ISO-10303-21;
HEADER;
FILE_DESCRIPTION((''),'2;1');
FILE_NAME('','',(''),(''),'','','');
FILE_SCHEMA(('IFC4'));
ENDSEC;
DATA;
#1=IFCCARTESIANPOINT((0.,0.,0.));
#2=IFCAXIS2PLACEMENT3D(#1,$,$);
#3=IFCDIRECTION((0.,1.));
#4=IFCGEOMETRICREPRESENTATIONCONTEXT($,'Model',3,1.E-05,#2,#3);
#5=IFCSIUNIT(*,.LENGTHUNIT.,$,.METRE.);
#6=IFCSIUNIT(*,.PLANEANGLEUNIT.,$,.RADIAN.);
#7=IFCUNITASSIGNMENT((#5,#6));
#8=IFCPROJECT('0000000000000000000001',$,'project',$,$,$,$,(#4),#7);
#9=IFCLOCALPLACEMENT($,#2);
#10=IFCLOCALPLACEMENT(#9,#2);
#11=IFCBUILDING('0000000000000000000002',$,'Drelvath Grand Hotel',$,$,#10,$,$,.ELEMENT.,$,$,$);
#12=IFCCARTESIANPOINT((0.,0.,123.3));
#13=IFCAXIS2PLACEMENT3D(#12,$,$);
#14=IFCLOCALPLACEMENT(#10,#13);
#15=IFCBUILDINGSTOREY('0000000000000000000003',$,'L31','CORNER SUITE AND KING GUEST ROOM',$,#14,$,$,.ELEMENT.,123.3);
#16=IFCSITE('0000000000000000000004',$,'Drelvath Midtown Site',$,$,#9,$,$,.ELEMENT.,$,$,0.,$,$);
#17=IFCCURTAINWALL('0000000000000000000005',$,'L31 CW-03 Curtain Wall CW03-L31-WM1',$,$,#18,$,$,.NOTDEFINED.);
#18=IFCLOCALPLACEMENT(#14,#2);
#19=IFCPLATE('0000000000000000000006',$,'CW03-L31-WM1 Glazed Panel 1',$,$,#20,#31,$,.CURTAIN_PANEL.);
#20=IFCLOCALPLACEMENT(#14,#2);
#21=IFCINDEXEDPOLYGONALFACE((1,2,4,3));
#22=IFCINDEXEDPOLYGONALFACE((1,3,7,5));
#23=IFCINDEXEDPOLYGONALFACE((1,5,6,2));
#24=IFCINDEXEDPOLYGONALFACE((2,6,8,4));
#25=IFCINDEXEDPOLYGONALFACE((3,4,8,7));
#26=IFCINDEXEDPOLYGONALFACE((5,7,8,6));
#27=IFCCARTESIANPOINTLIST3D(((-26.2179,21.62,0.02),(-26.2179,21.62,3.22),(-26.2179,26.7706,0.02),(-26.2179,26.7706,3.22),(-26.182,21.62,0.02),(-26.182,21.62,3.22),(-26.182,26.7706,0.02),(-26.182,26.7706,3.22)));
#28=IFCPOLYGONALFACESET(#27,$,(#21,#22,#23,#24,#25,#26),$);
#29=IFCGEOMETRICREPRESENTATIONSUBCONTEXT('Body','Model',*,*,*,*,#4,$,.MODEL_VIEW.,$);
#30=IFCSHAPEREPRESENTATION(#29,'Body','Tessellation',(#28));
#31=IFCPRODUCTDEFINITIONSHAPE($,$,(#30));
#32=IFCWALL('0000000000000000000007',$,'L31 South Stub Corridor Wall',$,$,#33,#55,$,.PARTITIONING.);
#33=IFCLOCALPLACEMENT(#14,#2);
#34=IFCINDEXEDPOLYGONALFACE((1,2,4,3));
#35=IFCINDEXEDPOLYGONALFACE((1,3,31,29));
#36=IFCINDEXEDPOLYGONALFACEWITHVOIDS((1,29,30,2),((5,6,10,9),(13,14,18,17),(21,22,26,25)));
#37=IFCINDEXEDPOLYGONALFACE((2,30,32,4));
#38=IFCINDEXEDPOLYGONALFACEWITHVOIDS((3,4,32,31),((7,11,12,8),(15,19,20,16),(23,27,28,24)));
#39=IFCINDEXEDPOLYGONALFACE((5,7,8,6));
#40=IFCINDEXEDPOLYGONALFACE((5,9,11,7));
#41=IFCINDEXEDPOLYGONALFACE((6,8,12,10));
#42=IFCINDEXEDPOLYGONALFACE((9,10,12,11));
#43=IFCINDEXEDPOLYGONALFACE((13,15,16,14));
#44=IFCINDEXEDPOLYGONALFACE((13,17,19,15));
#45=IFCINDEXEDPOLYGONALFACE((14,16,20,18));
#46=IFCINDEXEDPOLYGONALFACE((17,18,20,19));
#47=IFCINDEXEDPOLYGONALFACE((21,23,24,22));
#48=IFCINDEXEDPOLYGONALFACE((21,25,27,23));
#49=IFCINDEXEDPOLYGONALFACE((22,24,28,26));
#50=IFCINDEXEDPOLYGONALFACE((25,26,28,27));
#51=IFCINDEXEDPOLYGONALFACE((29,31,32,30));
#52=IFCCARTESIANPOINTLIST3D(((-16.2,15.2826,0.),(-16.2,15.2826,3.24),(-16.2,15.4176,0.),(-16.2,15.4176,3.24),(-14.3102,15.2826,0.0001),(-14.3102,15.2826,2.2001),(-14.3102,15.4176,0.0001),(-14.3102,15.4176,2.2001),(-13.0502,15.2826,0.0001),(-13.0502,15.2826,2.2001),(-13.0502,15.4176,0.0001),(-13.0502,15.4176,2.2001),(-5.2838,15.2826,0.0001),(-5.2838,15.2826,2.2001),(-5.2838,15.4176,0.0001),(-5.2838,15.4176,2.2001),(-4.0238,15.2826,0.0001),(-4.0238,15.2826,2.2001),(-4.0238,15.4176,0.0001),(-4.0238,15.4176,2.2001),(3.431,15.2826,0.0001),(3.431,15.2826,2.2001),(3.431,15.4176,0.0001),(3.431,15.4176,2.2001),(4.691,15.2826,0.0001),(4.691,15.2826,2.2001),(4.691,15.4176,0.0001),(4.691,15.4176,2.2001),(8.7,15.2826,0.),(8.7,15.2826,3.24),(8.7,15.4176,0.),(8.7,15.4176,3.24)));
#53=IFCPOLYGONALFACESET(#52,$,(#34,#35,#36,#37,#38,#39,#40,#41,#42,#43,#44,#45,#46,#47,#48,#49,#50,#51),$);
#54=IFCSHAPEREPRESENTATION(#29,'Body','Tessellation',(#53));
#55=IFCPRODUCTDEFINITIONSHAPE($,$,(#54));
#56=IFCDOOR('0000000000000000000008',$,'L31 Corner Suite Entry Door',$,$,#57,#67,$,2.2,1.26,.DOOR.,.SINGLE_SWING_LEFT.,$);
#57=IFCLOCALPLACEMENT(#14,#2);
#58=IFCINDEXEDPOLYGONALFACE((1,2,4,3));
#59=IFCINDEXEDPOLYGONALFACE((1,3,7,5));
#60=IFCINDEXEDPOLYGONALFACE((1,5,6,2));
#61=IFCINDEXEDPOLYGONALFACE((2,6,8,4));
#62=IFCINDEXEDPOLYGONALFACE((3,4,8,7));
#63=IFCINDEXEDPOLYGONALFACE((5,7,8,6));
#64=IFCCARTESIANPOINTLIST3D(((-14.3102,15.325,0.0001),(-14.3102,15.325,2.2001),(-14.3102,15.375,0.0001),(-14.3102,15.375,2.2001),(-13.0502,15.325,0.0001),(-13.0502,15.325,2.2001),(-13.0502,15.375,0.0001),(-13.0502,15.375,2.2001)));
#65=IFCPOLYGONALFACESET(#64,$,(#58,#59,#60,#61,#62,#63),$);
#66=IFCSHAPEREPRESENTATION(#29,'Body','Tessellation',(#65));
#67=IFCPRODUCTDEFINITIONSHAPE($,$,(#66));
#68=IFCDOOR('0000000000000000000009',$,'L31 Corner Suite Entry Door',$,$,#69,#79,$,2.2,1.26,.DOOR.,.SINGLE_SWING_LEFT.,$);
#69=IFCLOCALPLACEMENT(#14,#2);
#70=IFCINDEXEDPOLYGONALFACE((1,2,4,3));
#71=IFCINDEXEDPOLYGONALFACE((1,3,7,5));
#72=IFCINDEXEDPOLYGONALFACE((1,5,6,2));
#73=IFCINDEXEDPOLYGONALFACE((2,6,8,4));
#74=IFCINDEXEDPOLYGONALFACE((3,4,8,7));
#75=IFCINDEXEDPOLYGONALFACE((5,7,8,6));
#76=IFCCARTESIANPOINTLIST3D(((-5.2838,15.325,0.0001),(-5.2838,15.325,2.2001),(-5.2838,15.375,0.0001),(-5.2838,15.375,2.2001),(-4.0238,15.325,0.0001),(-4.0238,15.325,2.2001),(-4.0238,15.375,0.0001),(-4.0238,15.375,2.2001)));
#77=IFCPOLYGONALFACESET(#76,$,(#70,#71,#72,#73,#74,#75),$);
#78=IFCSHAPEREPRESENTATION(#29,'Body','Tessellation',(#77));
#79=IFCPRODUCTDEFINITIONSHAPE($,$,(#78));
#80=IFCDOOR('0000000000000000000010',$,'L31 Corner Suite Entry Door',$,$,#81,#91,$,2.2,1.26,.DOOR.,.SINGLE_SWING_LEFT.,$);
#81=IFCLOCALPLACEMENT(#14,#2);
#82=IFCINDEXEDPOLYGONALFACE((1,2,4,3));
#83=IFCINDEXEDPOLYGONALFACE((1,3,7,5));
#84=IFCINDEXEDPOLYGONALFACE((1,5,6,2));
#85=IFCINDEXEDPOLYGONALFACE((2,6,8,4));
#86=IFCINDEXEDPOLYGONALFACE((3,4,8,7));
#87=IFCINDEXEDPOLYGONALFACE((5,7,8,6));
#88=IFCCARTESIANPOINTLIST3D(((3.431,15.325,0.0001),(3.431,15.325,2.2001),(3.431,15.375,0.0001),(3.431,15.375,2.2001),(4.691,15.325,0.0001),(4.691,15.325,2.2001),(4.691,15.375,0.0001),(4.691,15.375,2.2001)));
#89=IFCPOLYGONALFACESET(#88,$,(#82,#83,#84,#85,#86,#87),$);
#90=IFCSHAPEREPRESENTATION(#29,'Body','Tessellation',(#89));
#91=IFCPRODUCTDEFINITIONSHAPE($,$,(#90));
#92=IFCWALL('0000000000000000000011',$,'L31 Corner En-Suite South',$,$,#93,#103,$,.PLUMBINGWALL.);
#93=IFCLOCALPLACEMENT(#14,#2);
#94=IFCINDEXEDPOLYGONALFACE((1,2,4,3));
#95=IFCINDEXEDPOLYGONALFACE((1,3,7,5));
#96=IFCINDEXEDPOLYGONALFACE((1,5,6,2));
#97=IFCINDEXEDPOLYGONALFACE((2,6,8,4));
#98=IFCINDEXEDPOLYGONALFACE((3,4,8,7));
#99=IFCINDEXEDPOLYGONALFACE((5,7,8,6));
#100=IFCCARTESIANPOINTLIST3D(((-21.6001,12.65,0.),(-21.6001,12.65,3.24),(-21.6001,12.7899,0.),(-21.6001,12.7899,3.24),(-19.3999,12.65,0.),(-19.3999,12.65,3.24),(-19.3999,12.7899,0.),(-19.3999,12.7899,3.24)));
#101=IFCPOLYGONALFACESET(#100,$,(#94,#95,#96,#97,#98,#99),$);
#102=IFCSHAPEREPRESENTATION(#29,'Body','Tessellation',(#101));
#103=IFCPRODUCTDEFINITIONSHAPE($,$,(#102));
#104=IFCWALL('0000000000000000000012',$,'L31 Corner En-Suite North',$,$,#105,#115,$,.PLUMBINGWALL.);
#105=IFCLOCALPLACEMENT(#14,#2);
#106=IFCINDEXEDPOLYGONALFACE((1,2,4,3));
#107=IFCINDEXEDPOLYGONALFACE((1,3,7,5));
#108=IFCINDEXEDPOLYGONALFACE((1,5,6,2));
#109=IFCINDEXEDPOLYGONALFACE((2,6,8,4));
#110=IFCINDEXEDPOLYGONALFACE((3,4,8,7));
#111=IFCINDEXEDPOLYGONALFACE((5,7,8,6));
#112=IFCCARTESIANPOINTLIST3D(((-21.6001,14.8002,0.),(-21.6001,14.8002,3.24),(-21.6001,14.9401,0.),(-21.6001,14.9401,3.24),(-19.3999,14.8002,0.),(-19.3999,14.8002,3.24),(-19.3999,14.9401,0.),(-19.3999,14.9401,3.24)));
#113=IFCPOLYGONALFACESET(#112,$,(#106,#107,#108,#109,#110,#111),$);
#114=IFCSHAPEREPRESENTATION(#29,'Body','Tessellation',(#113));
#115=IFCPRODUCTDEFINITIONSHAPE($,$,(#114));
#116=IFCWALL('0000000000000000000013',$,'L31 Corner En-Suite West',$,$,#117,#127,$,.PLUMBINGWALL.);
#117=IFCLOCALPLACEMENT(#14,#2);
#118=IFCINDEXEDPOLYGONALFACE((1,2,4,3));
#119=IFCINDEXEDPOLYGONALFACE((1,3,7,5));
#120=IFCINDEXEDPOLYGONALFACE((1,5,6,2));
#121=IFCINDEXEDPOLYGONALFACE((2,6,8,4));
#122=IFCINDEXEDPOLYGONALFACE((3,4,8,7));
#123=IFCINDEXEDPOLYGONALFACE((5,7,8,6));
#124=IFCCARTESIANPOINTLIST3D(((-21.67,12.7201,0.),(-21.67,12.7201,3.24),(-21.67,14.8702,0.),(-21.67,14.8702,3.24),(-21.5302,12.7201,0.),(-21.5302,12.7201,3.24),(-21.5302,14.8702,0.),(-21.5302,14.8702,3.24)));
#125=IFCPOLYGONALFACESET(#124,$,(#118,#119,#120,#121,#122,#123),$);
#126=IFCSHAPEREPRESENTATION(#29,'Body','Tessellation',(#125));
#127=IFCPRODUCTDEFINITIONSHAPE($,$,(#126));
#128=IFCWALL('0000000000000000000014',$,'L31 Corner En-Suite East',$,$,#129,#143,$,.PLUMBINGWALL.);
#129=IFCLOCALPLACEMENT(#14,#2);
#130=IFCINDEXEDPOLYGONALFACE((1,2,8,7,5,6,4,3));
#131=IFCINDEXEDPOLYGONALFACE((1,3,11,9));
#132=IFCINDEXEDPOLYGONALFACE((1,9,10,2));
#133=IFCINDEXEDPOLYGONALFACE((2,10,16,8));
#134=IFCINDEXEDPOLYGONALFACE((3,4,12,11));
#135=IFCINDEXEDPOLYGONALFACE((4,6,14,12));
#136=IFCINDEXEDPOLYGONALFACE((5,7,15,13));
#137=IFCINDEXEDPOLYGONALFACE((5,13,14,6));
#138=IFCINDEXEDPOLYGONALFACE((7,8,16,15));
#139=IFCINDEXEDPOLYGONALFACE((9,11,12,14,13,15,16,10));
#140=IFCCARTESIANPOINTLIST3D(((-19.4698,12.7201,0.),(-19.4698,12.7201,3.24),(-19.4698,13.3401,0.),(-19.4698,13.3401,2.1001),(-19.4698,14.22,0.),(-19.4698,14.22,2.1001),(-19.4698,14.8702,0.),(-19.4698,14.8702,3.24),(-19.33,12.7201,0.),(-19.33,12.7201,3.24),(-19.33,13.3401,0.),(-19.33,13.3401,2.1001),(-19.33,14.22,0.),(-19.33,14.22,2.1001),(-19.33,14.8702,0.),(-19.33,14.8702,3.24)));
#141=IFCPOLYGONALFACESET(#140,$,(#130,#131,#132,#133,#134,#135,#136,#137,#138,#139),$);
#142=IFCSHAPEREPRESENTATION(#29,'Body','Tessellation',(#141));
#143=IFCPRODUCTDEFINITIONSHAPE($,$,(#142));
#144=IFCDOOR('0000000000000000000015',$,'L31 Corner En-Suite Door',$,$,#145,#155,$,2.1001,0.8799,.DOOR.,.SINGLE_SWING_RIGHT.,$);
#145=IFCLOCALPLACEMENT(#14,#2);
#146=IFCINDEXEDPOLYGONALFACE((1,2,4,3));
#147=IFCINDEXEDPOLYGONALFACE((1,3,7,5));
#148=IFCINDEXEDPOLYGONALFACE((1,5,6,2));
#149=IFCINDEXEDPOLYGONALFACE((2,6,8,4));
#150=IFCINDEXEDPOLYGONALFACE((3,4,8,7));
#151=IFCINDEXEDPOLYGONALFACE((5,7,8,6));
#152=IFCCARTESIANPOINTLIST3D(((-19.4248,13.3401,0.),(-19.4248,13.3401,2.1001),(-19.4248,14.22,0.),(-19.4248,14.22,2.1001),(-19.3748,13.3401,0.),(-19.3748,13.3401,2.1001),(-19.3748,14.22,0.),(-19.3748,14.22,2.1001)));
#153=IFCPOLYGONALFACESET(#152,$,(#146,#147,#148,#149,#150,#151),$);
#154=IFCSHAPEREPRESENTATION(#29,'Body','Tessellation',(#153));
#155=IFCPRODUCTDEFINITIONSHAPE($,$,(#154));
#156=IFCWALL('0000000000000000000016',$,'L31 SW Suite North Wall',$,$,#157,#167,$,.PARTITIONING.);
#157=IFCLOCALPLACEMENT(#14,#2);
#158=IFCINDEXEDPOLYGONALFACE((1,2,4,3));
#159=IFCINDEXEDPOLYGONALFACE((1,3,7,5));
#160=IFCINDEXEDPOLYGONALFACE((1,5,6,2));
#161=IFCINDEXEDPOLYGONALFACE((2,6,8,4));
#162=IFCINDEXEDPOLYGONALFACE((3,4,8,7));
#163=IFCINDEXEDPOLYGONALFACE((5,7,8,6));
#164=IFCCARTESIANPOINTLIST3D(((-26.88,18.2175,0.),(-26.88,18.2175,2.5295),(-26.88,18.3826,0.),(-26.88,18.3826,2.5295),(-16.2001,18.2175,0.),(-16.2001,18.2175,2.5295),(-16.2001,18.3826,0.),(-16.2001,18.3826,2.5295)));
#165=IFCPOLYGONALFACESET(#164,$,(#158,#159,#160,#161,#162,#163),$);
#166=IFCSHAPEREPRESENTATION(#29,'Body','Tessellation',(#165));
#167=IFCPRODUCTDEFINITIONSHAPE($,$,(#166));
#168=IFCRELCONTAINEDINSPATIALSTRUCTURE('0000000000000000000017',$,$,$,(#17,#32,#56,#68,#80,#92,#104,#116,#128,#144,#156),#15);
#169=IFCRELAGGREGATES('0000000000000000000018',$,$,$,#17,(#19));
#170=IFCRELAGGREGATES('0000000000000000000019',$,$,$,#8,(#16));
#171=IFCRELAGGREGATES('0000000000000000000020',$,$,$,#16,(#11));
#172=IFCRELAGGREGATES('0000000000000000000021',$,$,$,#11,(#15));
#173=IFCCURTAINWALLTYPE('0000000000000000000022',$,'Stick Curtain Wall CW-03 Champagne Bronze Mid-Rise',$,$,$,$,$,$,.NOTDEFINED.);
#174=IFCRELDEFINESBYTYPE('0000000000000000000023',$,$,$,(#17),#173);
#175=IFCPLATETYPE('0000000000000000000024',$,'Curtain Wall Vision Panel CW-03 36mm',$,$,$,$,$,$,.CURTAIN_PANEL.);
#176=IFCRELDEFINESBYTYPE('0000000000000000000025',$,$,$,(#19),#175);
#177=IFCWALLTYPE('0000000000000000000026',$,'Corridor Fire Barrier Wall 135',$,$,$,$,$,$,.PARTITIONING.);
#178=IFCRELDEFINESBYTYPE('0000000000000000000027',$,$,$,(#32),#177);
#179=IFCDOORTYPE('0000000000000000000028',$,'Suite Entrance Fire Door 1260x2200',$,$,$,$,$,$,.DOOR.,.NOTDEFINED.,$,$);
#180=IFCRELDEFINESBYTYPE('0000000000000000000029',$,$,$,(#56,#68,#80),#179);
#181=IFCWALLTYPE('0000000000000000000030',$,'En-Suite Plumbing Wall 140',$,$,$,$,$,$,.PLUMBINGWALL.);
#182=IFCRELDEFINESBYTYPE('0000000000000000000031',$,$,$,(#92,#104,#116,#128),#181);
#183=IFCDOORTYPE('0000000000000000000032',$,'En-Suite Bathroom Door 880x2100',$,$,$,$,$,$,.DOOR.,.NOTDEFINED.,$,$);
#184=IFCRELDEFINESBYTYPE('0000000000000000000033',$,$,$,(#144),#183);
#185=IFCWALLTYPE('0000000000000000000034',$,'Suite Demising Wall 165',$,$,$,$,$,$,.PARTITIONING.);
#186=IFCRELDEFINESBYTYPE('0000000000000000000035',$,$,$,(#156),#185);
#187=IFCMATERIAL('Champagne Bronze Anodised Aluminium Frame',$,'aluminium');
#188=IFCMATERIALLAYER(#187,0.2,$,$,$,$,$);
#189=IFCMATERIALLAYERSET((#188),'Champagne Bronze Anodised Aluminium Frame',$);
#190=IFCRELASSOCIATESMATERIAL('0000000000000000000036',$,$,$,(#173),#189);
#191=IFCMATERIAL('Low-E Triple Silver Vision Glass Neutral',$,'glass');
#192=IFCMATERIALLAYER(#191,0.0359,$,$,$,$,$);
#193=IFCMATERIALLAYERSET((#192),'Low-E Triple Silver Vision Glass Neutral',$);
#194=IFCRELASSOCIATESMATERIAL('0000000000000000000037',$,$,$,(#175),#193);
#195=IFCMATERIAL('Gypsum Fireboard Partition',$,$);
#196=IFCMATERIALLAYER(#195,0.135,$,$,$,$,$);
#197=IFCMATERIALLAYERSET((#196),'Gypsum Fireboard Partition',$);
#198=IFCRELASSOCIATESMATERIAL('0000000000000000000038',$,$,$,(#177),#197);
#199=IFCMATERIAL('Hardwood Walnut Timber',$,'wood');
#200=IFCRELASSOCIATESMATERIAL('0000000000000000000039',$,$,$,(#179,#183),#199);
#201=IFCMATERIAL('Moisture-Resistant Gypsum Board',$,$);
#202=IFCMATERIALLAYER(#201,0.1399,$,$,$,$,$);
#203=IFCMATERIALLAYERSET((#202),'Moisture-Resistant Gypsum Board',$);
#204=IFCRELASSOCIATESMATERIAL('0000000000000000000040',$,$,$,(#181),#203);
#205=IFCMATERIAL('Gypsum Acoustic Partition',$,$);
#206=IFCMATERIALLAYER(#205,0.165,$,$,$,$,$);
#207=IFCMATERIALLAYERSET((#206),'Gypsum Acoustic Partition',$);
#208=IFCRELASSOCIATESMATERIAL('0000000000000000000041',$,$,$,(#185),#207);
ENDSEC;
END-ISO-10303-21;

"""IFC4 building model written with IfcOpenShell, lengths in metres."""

from ifc_helpers import new_model, si_unit, direction, frame, frame_2d, origin, origin_2d, place, context, subcontext, project, spatial, rectangle, extrude, material, layer, layer_set, type_object, element, fill, aggregate, save


model = new_model("IFC4")

# Units and contexts
model_context = context("Model", 3, precision=1e-05, world=origin(), true_north=direction((0.0, 1.0)))
body_context = subcontext(model_context, "Body", "Model", "MODEL_VIEW")
ifc_project = project(units=[si_unit("LENGTHUNIT", "METRE"), si_unit("PLANEANGLEUNIT", "RADIAN")], contexts=[model_context])

# Site, building, storey
site_placement = place(None, origin())
site = spatial("IfcSite", under=ifc_project, at=site_placement, Name="Drelvath Midtown Site", CompositionType="ELEMENT", RefElevation=0.0)
building_placement = place(site_placement, origin())
building = spatial("IfcBuilding", under=site, at=building_placement, Name="Drelvath Grand Hotel", CompositionType="ELEMENT")
storey_placement = place(building_placement, frame((0.0, 0.0, 123.3)))
storey = spatial("IfcBuildingStorey", under=building, at=storey_placement, Name="L31", Description="CORNER SUITE AND KING GUEST ROOM", CompositionType="ELEMENT", Elevation=123.3)

# Curtain wall
ifc_material_1 = material(Name="Champagne Bronze Anodised Aluminium Frame", Category="aluminium")
ifc_layer_1 = layer(ifc_material_1, 0.2)
ifc_layer_set_1 = layer_set([ifc_layer_1], Name="Champagne Bronze Anodised Aluminium Frame")
curtain_wall_type = type_object("IfcCurtainWallType", Name="Stick Curtain Wall CW-03 Champagne Bronze Mid-Rise", PredefinedType="NOTDEFINED", material=ifc_layer_set_1)
curtain_wall_1_placement = place(storey_placement, origin())
curtain_wall_1 = element("IfcCurtainWall", 1, at=curtain_wall_1_placement, inside=storey, type_object=curtain_wall_type, Name="L31 CW-03 Curtain Wall CW03-L31-WM1", PredefinedType="NOTDEFINED")

# Plate
ifc_material_2 = material(Name="Low-E Triple Silver Vision Glass Neutral", Category="glass")
ifc_layer_2 = layer(ifc_material_2, 0.0359)
ifc_layer_set_2 = layer_set([ifc_layer_2], Name="Low-E Triple Silver Vision Glass Neutral")
plate_type = type_object("IfcPlateType", Name="Curtain Wall Vision Panel CW-03 36mm", PredefinedType="CURTAIN_PANEL", material=ifc_layer_set_2)
plate_1_placement = place(storey_placement, frame((-26.2, 24.1953, 0.02), z_axis=(0.0, 0.0, 1.0), x_axis=(0.0, 1.0, 0.0)))
plate_1 = element("IfcPlate", 2, at=plate_1_placement, type_object=plate_type, Name="CW03-L31-WM1 Glazed Panel 1", PredefinedType="CURTAIN_PANEL", context=body_context, shape_type="SweptSolid", body=[
    extrude(rectangle(XDim=5.1506, YDim=0.0359, at=origin_2d()), origin(), (0.0, 0.0, 1.0), 3.2),
])
aggregate(curtain_wall_1, [plate_1])

# Wall, openings, doors
ifc_material_3 = material(Name="Gypsum Fireboard Partition")
ifc_layer_3 = layer(ifc_material_3, 0.135)
ifc_layer_set_3 = layer_set([ifc_layer_3], Name="Gypsum Fireboard Partition")
wall_type_1 = type_object("IfcWallType", Name="Corridor Fire Barrier Wall 135", PredefinedType="PARTITIONING", material=ifc_layer_set_3)
wall_1_placement = place(storey_placement, frame((-16.2, 15.3501, 0.0), z_axis=(0.0, 0.0, 1.0), x_axis=(1.0, 0.0, 0.0)))
wall_1 = element("IfcWall", 3, at=wall_1_placement, inside=storey, type_object=wall_type_1, Name="L31 South Stub Corridor Wall", PredefinedType="PARTITIONING", context=body_context, shape_type="SweptSolid", body=[
    extrude(rectangle(XDim=24.8999, YDim=0.135, at=frame_2d((12.45, 0.0))), origin(), (0.0, 0.0, 1.0), 3.24),
])
opening_1_placement = place(wall_1_placement, frame((1.8899, 0.0, 0.0)))
opening_1 = element("IfcOpeningElement", 4, at=opening_1_placement, cuts=wall_1, PredefinedType="OPENING", context=body_context, shape_type="SweptSolid", body=[
    extrude(rectangle(XDim=1.26, YDim=2.2, at=frame_2d((0.6299, 1.1001))), frame((0.0, 0.0774, 0.0), z_axis=(0.0, -1.0, 0.0), x_axis=(1.0, 0.0, 0.0)), (0.0, 0.0, 1.0), 0.155),
])
opening_2_placement = place(wall_1_placement, frame((10.9163, 0.0, 0.0)))
opening_2 = element("IfcOpeningElement", 5, at=opening_2_placement, cuts=wall_1, PredefinedType="OPENING", context=body_context, shape_type="SweptSolid", body=[
    extrude(rectangle(XDim=1.26, YDim=2.2, at=frame_2d((0.6299, 1.1001))), frame((0.0, 0.0774, 0.0), z_axis=(0.0, -1.0, 0.0), x_axis=(1.0, 0.0, 0.0)), (0.0, 0.0, 1.0), 0.155),
])
opening_3_placement = place(wall_1_placement, frame((19.6311, 0.0, 0.0)))
opening_3 = element("IfcOpeningElement", 6, at=opening_3_placement, cuts=wall_1, PredefinedType="OPENING", context=body_context, shape_type="SweptSolid", body=[
    extrude(rectangle(XDim=1.26, YDim=2.2, at=frame_2d((0.6299, 1.1001))), frame((0.0, 0.0774, 0.0), z_axis=(0.0, -1.0, 0.0), x_axis=(1.0, 0.0, 0.0)), (0.0, 0.0, 1.0), 0.155),
])
ifc_material_4 = material(Name="Hardwood Walnut Timber", Category="wood")
door_type_1 = type_object("IfcDoorType", Name="Suite Entrance Fire Door 1260x2200", OperationType="NOTDEFINED", PredefinedType="DOOR", material=ifc_material_4)
door_1_placement = place(opening_1_placement, origin())
door_1 = element("IfcDoor", 7, at=door_1_placement, inside=storey, type_object=door_type_1, Name="L31 Corner Suite Entry Door", OperationType="SINGLE_SWING_LEFT", OverallHeight=2.2, OverallWidth=1.26, PredefinedType="DOOR", context=body_context, shape_type="SweptSolid", body=[
    extrude(rectangle(XDim=1.26, YDim=2.2, at=frame_2d((0.6299, 1.1001))), frame((0.0, 0.0249, 0.0), z_axis=(0.0, -1.0, 0.0), x_axis=(1.0, 0.0, 0.0)), (0.0, 0.0, 1.0), 0.05),
])
fill(opening_1, door_1)
door_2_placement = place(opening_2_placement, origin())
door_2 = element("IfcDoor", 8, at=door_2_placement, inside=storey, type_object=door_type_1, Name="L31 Corner Suite Entry Door", OperationType="SINGLE_SWING_LEFT", OverallHeight=2.2, OverallWidth=1.26, PredefinedType="DOOR", context=body_context, shape_type="SweptSolid", body=[
    extrude(rectangle(XDim=1.26, YDim=2.2, at=frame_2d((0.6299, 1.1001))), frame((0.0, 0.0249, 0.0), z_axis=(0.0, -1.0, 0.0), x_axis=(1.0, 0.0, 0.0)), (0.0, 0.0, 1.0), 0.05),
])
fill(opening_2, door_2)
door_3_placement = place(opening_3_placement, origin())
door_3 = element("IfcDoor", 9, at=door_3_placement, inside=storey, type_object=door_type_1, Name="L31 Corner Suite Entry Door", OperationType="SINGLE_SWING_LEFT", OverallHeight=2.2, OverallWidth=1.26, PredefinedType="DOOR", context=body_context, shape_type="SweptSolid", body=[
    extrude(rectangle(XDim=1.26, YDim=2.2, at=frame_2d((0.6299, 1.1001))), frame((0.0, 0.0249, 0.0), z_axis=(0.0, -1.0, 0.0), x_axis=(1.0, 0.0, 0.0)), (0.0, 0.0, 1.0), 0.05),
])
fill(opening_3, door_3)

# Walls
ifc_material_5 = material(Name="Moisture-Resistant Gypsum Board")
ifc_layer_4 = layer(ifc_material_5, 0.1399)
ifc_layer_set_4 = layer_set([ifc_layer_4], Name="Moisture-Resistant Gypsum Board")
wall_type_2 = type_object("IfcWallType", Name="En-Suite Plumbing Wall 140", PredefinedType="PLUMBINGWALL", material=ifc_layer_set_4)
for number, where, z_axis, x_axis, name in (
    (10, (-21.6001, 12.72, 0.0), (0.0, 0.0, 1.0), (1.0, 0.0, 0.0), "L31 Corner En-Suite South"),
    (11, (-21.6001, 14.8701, 0.0), (0.0, 0.0, 1.0), (1.0, 0.0, 0.0), "L31 Corner En-Suite North"),
):
    element("IfcWall", number, at=place(storey_placement, frame(where, z_axis=z_axis, x_axis=x_axis)), inside=storey, type_object=wall_type_2, Name=name, PredefinedType="PLUMBINGWALL", context=body_context, shape_type="SweptSolid", body=[
        extrude(rectangle(XDim=2.2002, YDim=0.1399, at=frame_2d((1.1001, 0.0))), origin(), (0.0, 0.0, 1.0), 3.24),
    ])
wall_2_placement = place(storey_placement, frame((-21.6001, 12.72, 0.0), z_axis=(0.0, 0.0, 1.0), x_axis=(0.0, 1.0, 0.0)))
element("IfcWall", 12, at=wall_2_placement, inside=storey, type_object=wall_type_2, Name="L31 Corner En-Suite West", PredefinedType="PLUMBINGWALL", context=body_context, shape_type="SweptSolid", body=[
    extrude(rectangle(XDim=2.1501, YDim=0.1399, at=frame_2d((1.0752, 0.0))), origin(), (0.0, 0.0, 1.0), 3.24),
])

# Wall, opening, door
wall_3_placement = place(storey_placement, frame((-19.3999, 12.72, 0.0), z_axis=(0.0, 0.0, 1.0), x_axis=(0.0, 1.0, 0.0)))
wall_3 = element("IfcWall", 13, at=wall_3_placement, inside=storey, type_object=wall_type_2, Name="L31 Corner En-Suite East", PredefinedType="PLUMBINGWALL", context=body_context, shape_type="SweptSolid", body=[
    extrude(rectangle(XDim=2.1501, YDim=0.1399, at=frame_2d((1.0752, 0.0))), origin(), (0.0, 0.0, 1.0), 3.24),
])
opening_4_placement = place(wall_3_placement, frame((0.6201, 0.0, 0.0)))
opening_4 = element("IfcOpeningElement", 14, at=opening_4_placement, cuts=wall_3, PredefinedType="OPENING", context=body_context, shape_type="SweptSolid", body=[
    extrude(rectangle(XDim=0.8799, YDim=2.1001, at=frame_2d((0.4399, 1.05))), frame((0.0, 0.0798, 0.0), z_axis=(0.0, -1.0, 0.0), x_axis=(1.0, 0.0, 0.0)), (0.0, 0.0, 1.0), 0.1599),
])
door_type_2 = type_object("IfcDoorType", Name="En-Suite Bathroom Door 880x2100", OperationType="NOTDEFINED", PredefinedType="DOOR", material=ifc_material_4)
door_4_placement = place(opening_4_placement, origin())
door_4 = element("IfcDoor", 15, at=door_4_placement, inside=storey, type_object=door_type_2, Name="L31 Corner En-Suite Door", OperationType="SINGLE_SWING_RIGHT", OverallHeight=2.1001, OverallWidth=0.8799, PredefinedType="DOOR", context=body_context, shape_type="SweptSolid", body=[
    extrude(rectangle(XDim=0.8799, YDim=2.1001, at=frame_2d((0.4399, 1.05))), frame((0.0, 0.0249, 0.0), z_axis=(0.0, -1.0, 0.0), x_axis=(1.0, 0.0, 0.0)), (0.0, 0.0, 1.0), 0.05),
])
fill(opening_4, door_4)

# Wall
ifc_material_6 = material(Name="Gypsum Acoustic Partition")
ifc_layer_5 = layer(ifc_material_6, 0.165)
ifc_layer_set_5 = layer_set([ifc_layer_5], Name="Gypsum Acoustic Partition")
wall_type_3 = type_object("IfcWallType", Name="Suite Demising Wall 165", PredefinedType="PARTITIONING", material=ifc_layer_set_5)
wall_4_placement = place(storey_placement, frame((-26.8799, 18.3, 0.0), z_axis=(0.0, 0.0, 1.0), x_axis=(1.0, 0.0, 0.0)))
element("IfcWall", 16, at=wall_4_placement, inside=storey, type_object=wall_type_3, Name="L31 SW Suite North Wall", PredefinedType="PARTITIONING", context=body_context, shape_type="SweptSolid", body=[
    extrude(rectangle(XDim=10.6799, YDim=0.165, at=frame_2d((5.3398, 0.0))), origin(), (0.0, 0.0, 1.0), 2.5295),
])

save(model, "model.ifc")
